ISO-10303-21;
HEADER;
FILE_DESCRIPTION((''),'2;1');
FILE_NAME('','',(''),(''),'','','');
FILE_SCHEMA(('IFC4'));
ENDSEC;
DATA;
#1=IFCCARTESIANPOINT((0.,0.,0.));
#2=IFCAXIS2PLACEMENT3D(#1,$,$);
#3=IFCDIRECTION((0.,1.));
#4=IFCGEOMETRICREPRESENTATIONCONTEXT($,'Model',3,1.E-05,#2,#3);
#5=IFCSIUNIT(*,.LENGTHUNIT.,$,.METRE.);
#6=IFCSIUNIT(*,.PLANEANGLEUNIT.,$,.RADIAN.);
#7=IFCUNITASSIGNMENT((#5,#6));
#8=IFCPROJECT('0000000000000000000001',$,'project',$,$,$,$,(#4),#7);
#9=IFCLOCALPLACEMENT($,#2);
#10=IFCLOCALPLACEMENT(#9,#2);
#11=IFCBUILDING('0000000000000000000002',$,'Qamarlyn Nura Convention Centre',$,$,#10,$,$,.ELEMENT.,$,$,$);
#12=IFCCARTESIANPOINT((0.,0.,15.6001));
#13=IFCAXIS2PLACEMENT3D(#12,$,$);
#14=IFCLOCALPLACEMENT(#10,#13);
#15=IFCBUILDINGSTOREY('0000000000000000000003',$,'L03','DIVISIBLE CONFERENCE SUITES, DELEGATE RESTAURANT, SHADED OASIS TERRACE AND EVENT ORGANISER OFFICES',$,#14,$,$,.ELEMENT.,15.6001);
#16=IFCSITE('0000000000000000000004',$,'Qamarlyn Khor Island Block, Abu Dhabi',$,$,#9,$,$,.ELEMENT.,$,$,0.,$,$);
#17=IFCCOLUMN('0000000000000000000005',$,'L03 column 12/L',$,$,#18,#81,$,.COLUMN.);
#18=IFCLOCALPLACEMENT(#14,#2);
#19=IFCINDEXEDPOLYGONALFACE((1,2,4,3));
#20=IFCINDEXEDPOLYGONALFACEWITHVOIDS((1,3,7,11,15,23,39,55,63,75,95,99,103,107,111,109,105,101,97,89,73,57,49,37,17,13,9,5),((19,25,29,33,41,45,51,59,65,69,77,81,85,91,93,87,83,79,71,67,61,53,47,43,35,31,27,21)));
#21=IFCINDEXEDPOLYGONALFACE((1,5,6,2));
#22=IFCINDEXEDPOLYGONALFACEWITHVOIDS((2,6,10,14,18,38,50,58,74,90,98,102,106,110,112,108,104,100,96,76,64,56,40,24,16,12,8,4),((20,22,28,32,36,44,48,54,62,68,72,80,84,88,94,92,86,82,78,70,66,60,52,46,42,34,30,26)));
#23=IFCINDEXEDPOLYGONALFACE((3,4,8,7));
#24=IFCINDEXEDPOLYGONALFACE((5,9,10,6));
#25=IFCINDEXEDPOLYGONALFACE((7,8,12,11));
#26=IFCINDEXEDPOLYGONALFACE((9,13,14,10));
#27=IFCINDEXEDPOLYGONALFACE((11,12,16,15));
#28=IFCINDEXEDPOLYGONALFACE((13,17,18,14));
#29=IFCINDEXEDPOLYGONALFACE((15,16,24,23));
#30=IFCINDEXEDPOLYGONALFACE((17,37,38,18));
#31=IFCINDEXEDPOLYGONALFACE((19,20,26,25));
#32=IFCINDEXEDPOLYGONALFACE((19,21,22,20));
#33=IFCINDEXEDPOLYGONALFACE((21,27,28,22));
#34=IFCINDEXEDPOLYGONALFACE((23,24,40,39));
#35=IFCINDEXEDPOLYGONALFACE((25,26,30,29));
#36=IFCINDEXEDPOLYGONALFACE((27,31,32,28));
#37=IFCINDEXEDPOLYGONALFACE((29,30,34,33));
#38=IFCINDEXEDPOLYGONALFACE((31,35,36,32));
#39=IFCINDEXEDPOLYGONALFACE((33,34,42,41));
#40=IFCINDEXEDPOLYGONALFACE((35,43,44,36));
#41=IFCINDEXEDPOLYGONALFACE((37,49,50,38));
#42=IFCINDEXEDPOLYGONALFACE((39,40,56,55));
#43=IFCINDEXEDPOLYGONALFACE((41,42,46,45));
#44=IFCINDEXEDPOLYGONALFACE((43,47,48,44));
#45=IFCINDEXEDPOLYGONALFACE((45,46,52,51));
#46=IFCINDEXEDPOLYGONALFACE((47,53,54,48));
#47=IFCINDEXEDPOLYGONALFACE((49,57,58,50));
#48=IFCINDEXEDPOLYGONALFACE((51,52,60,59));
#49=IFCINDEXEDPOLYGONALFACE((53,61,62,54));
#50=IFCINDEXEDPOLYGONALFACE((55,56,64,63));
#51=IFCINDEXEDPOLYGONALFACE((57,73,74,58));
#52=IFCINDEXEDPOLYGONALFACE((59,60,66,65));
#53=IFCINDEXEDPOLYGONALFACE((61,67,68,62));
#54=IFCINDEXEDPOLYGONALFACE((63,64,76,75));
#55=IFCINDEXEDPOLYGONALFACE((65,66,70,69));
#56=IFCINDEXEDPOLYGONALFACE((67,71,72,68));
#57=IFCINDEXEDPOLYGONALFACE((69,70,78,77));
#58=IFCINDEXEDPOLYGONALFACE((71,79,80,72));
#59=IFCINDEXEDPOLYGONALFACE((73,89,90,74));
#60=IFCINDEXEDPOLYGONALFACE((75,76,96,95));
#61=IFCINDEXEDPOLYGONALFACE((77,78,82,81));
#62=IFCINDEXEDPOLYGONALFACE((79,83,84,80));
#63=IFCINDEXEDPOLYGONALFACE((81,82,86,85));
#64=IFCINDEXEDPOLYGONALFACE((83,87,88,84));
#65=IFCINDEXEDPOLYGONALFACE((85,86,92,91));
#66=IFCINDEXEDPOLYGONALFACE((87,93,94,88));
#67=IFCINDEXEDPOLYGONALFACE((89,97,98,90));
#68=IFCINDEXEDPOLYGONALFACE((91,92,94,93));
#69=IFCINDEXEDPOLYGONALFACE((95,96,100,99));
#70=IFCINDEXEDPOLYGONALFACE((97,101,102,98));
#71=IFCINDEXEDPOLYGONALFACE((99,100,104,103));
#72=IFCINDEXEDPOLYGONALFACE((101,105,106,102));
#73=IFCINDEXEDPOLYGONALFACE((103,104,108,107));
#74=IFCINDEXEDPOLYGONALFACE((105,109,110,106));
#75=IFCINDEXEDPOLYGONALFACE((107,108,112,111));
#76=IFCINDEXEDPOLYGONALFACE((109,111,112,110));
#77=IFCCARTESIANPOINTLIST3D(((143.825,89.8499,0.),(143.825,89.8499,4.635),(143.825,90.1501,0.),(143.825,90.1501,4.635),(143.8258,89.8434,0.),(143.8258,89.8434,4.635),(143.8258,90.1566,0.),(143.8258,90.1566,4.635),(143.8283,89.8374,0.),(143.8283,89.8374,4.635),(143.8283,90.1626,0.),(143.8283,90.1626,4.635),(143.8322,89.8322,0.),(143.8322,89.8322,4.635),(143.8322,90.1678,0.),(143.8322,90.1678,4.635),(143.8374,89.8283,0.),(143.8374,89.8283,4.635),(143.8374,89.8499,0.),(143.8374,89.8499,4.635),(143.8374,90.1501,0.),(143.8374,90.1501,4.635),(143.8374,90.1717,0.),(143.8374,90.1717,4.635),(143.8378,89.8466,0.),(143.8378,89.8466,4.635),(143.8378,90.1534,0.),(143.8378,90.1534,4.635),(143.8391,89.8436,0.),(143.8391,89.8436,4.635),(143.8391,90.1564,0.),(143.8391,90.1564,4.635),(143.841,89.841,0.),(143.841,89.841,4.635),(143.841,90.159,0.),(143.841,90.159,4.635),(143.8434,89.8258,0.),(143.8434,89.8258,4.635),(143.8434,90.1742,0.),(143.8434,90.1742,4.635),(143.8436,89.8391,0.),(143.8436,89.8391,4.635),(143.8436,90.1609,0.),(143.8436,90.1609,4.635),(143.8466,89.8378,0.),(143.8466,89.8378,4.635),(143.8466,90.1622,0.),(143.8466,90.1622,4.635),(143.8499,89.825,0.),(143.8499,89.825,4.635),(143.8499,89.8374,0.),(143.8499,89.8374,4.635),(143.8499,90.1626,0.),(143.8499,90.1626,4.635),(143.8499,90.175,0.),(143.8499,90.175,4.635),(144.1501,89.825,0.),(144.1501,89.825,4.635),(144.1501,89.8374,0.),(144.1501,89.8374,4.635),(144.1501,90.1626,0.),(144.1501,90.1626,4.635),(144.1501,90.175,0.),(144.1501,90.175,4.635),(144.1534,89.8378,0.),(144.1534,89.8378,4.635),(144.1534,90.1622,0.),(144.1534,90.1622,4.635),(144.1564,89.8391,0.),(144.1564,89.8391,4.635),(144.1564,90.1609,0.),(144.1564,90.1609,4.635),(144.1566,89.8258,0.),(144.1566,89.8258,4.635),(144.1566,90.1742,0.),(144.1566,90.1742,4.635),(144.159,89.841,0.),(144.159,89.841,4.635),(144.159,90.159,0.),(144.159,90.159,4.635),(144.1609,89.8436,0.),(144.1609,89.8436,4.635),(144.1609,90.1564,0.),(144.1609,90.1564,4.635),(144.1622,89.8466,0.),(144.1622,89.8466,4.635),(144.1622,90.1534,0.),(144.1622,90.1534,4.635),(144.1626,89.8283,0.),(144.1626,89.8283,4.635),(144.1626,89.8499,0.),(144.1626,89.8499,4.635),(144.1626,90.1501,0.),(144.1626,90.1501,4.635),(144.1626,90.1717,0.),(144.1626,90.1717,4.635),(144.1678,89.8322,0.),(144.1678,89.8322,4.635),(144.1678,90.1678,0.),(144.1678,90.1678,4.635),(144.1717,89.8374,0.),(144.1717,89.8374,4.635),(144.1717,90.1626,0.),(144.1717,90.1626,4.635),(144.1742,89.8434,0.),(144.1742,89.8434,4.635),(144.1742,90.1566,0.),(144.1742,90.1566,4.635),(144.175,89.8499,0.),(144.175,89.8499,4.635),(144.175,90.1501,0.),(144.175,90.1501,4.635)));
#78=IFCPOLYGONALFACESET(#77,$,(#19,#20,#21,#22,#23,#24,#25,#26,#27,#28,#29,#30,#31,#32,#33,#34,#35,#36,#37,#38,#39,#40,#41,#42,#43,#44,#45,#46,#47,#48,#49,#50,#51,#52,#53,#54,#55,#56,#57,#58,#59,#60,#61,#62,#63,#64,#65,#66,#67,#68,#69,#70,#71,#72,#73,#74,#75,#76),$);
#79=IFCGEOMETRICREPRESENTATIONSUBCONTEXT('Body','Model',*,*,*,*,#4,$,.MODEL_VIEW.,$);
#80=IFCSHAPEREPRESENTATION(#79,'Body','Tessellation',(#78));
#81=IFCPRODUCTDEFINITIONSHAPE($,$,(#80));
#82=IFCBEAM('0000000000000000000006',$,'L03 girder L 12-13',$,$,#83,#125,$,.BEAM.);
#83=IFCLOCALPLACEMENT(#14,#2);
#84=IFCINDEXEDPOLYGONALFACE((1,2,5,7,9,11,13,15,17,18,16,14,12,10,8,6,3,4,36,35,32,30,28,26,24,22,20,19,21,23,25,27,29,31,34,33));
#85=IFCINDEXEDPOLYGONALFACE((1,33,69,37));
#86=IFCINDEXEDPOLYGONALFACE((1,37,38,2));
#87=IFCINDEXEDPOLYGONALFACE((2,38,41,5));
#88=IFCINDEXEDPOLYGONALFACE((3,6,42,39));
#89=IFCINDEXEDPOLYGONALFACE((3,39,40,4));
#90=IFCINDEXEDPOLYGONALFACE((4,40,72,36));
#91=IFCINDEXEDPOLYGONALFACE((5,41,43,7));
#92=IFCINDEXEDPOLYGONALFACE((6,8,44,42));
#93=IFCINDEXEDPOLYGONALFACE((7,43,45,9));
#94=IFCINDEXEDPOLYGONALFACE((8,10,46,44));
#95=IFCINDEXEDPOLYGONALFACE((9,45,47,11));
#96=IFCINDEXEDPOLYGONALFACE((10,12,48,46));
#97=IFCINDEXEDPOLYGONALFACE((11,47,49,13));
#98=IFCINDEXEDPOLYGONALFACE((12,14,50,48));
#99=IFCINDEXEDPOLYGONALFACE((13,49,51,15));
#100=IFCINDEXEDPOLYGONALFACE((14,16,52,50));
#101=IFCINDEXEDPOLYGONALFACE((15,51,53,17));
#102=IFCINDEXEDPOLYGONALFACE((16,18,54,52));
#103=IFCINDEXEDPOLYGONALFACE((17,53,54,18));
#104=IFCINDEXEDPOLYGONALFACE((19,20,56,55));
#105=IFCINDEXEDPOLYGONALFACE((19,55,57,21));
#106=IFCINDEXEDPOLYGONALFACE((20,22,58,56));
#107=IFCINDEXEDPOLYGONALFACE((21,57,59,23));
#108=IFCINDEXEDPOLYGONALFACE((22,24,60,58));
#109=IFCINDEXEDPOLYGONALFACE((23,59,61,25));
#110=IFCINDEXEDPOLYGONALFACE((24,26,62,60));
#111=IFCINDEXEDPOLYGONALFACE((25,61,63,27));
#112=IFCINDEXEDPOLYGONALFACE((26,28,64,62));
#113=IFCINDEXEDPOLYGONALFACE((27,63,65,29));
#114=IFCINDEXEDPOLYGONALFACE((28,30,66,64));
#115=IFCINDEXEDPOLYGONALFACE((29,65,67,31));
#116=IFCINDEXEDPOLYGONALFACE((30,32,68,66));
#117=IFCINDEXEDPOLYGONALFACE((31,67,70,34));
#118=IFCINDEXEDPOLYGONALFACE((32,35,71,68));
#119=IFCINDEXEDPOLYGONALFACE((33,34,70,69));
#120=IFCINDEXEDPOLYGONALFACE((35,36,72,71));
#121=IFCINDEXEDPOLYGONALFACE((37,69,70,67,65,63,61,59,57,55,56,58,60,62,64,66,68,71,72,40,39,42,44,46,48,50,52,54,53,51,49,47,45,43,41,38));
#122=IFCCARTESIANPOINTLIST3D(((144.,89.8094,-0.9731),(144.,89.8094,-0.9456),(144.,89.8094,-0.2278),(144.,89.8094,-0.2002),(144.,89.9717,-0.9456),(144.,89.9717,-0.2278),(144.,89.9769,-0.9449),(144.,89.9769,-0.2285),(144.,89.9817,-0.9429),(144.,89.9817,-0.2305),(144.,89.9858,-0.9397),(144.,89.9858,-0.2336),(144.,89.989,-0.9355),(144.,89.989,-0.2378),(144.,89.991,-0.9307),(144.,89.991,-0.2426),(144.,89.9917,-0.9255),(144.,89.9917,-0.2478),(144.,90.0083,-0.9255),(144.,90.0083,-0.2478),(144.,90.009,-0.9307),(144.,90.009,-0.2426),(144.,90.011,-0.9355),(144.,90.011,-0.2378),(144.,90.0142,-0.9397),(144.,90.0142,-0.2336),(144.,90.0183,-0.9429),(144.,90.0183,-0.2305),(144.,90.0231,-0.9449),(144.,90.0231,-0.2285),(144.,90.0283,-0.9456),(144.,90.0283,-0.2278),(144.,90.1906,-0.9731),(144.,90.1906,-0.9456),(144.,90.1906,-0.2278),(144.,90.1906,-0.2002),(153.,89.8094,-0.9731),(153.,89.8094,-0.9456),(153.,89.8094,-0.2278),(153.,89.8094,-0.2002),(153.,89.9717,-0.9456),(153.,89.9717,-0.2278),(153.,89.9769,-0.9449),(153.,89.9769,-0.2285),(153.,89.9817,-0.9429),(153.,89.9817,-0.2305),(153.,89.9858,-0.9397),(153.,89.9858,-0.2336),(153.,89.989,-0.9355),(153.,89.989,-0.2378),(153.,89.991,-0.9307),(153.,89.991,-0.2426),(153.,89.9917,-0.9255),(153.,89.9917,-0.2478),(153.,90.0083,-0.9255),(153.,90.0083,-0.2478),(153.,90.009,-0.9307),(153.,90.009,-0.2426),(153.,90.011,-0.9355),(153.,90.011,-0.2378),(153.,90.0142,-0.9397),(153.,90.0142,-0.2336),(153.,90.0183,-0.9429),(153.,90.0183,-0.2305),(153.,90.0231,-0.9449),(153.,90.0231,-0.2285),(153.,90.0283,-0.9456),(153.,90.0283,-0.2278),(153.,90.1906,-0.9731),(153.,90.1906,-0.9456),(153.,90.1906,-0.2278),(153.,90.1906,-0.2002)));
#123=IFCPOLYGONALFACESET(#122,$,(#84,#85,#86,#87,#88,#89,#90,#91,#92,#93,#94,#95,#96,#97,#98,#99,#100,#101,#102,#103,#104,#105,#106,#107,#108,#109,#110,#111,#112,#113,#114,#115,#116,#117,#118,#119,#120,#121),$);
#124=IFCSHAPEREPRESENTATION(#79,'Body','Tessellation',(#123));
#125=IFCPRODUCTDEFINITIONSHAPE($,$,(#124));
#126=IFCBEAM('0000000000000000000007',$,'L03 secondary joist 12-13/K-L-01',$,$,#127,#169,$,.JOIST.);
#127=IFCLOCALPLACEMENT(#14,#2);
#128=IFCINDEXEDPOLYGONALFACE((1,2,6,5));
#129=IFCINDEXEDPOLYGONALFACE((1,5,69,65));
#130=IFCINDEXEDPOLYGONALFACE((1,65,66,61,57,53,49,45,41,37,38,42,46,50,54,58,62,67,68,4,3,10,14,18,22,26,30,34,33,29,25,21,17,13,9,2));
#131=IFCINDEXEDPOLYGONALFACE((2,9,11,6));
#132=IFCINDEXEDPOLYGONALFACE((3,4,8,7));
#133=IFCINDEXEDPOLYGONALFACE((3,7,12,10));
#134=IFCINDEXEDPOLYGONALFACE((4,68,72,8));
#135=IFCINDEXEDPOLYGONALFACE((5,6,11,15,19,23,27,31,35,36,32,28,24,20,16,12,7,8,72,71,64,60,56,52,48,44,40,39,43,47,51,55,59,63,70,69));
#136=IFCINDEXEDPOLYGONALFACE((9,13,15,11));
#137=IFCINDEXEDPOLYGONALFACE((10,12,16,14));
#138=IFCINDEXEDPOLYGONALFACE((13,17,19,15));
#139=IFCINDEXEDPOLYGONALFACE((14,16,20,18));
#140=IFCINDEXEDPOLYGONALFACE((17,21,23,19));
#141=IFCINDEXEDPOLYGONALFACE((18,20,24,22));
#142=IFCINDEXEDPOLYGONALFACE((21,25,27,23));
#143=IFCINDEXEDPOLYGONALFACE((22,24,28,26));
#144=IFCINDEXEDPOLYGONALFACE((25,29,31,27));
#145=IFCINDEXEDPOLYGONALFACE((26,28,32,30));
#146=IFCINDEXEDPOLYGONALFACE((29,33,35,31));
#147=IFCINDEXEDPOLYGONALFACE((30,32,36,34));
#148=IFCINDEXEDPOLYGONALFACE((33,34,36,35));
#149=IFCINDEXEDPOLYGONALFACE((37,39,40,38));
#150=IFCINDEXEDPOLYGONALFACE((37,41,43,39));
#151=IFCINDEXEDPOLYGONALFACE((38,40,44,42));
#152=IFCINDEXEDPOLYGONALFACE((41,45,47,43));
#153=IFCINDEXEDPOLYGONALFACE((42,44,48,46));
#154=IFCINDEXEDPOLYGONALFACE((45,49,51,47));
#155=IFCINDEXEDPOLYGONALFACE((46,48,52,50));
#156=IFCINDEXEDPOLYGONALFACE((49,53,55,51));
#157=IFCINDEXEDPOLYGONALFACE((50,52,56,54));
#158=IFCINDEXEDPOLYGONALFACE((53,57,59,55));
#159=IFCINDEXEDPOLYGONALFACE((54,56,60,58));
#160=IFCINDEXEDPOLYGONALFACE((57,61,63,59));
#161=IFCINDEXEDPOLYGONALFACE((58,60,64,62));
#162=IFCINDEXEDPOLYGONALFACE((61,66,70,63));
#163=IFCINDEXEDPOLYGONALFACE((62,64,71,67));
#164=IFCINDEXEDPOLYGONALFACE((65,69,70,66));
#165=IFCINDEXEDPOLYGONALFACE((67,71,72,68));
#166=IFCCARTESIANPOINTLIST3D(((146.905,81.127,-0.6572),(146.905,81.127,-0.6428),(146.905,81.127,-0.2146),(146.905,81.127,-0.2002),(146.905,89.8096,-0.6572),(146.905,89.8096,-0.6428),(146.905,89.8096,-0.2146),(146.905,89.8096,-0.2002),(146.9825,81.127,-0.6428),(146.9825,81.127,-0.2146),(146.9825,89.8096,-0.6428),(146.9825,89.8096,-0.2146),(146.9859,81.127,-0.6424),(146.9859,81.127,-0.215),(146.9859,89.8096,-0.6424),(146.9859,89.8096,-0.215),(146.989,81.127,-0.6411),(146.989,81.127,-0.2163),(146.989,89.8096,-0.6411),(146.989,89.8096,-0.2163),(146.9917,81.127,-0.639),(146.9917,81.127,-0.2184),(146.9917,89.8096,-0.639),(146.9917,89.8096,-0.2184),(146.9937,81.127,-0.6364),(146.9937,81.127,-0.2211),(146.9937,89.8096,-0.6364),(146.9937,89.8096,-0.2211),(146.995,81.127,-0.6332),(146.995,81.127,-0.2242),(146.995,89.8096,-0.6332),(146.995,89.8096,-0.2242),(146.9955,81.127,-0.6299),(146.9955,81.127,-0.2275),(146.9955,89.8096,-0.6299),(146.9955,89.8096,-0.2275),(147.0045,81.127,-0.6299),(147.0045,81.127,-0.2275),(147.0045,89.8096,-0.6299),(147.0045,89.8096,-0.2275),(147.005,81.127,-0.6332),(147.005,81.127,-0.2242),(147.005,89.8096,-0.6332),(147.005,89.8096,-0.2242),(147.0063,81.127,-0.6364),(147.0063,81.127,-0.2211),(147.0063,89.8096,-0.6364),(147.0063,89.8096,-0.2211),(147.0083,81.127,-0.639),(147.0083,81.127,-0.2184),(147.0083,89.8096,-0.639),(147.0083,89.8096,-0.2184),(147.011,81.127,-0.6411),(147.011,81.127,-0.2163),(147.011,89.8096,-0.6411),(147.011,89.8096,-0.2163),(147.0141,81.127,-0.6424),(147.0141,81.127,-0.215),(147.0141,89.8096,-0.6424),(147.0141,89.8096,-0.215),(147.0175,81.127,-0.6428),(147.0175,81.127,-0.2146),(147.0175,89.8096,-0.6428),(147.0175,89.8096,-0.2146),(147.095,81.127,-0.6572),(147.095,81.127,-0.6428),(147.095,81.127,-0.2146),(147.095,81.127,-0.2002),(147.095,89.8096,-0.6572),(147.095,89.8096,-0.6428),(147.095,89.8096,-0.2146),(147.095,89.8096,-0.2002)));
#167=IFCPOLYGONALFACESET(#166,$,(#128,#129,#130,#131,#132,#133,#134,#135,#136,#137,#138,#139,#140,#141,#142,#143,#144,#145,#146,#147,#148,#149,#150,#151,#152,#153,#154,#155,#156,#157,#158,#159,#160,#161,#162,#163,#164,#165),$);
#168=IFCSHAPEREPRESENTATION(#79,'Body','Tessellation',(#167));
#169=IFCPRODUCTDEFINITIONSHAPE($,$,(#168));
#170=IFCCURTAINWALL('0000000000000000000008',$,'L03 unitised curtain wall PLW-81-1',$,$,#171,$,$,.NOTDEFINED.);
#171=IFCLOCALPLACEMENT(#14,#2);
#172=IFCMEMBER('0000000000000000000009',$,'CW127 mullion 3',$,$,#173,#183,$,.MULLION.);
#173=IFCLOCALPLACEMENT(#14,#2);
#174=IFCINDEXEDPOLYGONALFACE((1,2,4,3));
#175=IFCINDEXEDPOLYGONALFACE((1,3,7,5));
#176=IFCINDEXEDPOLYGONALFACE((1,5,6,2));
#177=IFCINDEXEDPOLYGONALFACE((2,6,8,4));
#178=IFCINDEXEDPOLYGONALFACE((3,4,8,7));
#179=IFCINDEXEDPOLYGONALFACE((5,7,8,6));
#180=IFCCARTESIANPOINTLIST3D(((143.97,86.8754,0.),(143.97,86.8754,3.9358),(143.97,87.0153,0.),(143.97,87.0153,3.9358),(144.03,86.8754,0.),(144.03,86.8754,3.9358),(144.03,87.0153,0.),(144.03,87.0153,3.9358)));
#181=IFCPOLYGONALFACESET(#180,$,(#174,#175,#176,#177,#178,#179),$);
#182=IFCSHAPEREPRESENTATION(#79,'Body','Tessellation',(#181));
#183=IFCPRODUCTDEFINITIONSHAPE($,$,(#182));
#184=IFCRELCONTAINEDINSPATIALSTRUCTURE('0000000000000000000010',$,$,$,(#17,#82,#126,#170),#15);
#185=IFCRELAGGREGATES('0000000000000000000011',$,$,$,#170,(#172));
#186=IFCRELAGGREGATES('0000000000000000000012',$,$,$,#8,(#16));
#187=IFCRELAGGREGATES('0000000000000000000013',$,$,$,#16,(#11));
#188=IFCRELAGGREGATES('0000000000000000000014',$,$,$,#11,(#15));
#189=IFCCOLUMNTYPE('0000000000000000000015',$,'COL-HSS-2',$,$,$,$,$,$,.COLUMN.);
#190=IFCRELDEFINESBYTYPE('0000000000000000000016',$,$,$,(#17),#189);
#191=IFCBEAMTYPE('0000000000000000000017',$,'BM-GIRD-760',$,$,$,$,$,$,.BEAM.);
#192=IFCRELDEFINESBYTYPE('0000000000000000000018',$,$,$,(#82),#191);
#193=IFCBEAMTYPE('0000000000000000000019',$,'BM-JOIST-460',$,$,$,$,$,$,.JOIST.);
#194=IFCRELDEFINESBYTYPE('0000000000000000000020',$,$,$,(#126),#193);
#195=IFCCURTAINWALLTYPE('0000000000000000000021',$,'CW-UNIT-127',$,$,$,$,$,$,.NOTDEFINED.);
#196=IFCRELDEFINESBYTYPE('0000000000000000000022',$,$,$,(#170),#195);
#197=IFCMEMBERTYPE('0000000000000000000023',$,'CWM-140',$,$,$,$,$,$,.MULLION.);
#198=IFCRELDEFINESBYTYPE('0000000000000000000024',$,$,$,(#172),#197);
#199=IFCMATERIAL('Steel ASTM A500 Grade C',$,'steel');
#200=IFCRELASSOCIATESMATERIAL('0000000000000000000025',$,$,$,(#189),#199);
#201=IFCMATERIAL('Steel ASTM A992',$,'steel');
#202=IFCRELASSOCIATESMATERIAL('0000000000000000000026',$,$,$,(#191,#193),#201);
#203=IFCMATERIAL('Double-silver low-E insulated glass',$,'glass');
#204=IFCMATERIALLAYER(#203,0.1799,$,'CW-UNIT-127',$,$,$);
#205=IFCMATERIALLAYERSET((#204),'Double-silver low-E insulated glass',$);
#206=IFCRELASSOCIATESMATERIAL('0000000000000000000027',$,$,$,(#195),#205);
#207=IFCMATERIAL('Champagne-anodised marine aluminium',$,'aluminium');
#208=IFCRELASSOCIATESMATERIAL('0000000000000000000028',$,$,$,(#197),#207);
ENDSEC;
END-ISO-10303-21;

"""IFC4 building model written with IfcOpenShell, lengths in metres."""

from ifc_helpers import new_model, si_unit, direction, frame, origin, origin_2d, place, context, subcontext, project, spatial, rectangle, hollow_rectangle, i_section, extrude, material, layer, layer_set, material_profile, profile_set, type_object, element, aggregate, save


model = new_model("IFC4")

# Units and contexts
model_context = context("Model", 3, precision=1e-05, world=origin(), true_north=direction((0.0, 1.0)))
body_context = subcontext(model_context, "Body", "Model", "MODEL_VIEW")
ifc_project = project(units=[si_unit("LENGTHUNIT", "METRE"), si_unit("PLANEANGLEUNIT", "RADIAN")], contexts=[model_context])

# Site, building, storey
site_placement = place(None, origin())
site = spatial("IfcSite", under=ifc_project, at=site_placement, Name="Qamarlyn Khor Island Block, Abu Dhabi", CompositionType="ELEMENT", RefElevation=0.0)
building_placement = place(site_placement, origin())
building = spatial("IfcBuilding", under=site, at=building_placement, Name="Qamarlyn Nura Convention Centre", CompositionType="ELEMENT")
storey_placement = place(building_placement, frame((0.0, 0.0, 15.6001)))
storey = spatial("IfcBuildingStorey", under=building, at=storey_placement, Name="L03", Description="DIVISIBLE CONFERENCE SUITES, DELEGATE RESTAURANT, SHADED OASIS TERRACE AND EVENT ORGANISER OFFICES", CompositionType="ELEMENT", Elevation=15.6001)

# Column
ifc_material_1 = material(Name="Steel ASTM A500 Grade C", Category="steel")
ifc_material_profile_1 = material_profile(ifc_material_1, hollow_rectangle(XDim=0.3501, YDim=0.3501, WallThickness=0.0125, InnerFilletRadius=0.0125, OuterFilletRadius=0.0249, at=origin_2d()), Name="HSS350X350X12.5")
ifc_profile_set_1 = profile_set([ifc_material_profile_1], Name="Steel ASTM A500 Grade C")
column_type = type_object("IfcColumnType", Name="COL-HSS-2", PredefinedType="COLUMN", material=ifc_profile_set_1)
column_placement = place(storey_placement, frame((144.0, 90.0, 0.0), z_axis=(0.0, 0.0, 1.0), x_axis=(1.0, 0.0, 0.0)))
element("IfcColumn", 1, at=column_placement, inside=storey, type_object=column_type, Name="L03 column 12/L", PredefinedType="COLUMN", context=body_context, shape_type="SweptSolid", body=[
    extrude(hollow_rectangle(XDim=0.3501, YDim=0.3501, WallThickness=0.0125, InnerFilletRadius=0.0125, OuterFilletRadius=0.0249, at=origin_2d()), origin(), (0.0, 0.0, 1.0), 4.635),
])

# Beams
ifc_material_2 = material(Name="Steel ASTM A992", Category="steel")
ifc_material_profile_2 = material_profile(ifc_material_2, i_section(OverallWidth=0.3811, OverallDepth=0.7729, WebThickness=0.0166, FlangeThickness=0.0276, FilletRadius=0.02, at=origin_2d()), Name="W760X257")
ifc_profile_set_2 = profile_set([ifc_material_profile_2], Name="Steel ASTM A992")
beam_type_1 = type_object("IfcBeamType", Name="BM-GIRD-760", PredefinedType="BEAM", material=ifc_profile_set_2)
beam_1_placement = place(storey_placement, frame((144.0, 90.0, -0.5867), z_axis=(1.0, 0.0, 0.0), x_axis=(0.0, 1.0, 0.0)))
element("IfcBeam", 2, at=beam_1_placement, inside=storey, type_object=beam_type_1, Name="L03 girder L 12-13", PredefinedType="BEAM", context=body_context, shape_type="SweptSolid", body=[
    extrude(i_section(OverallWidth=0.3811, OverallDepth=0.7729, WebThickness=0.0166, FlangeThickness=0.0276, FilletRadius=0.02, at=origin_2d()), origin(), (0.0, 0.0, 1.0), 9.0),
])
ifc_material_profile_3 = material_profile(ifc_material_2, i_section(OverallWidth=0.1899, OverallDepth=0.457, WebThickness=0.009, FlangeThickness=0.0144, FilletRadius=0.0129, at=origin_2d()), Name="W460X74")
ifc_profile_set_3 = profile_set([ifc_material_profile_3], Name="Steel ASTM A992")
beam_type_2 = type_object("IfcBeamType", Name="BM-JOIST-460", PredefinedType="JOIST", material=ifc_profile_set_3)
beam_2_placement = place(storey_placement, frame((147.0, 81.127, -0.4287), z_axis=(0.0, 1.0, 0.0), x_axis=(-1.0, 0.0, 0.0)))
element("IfcBeam", 3, at=beam_2_placement, inside=storey, type_object=beam_type_2, Name="L03 secondary joist 12-13/K-L-01", PredefinedType="JOIST", context=body_context, shape_type="SweptSolid", body=[
    extrude(i_section(OverallWidth=0.1899, OverallDepth=0.457, WebThickness=0.009, FlangeThickness=0.0144, FilletRadius=0.0129, at=origin_2d()), origin(), (0.0, 0.0, 1.0), 8.6826),
])

# Curtain wall, member
ifc_material_3 = material(Name="Double-silver low-E insulated glass", Category="glass")
ifc_layer_1 = layer(ifc_material_3, 0.1799, Name="CW-UNIT-127")
ifc_layer_set_1 = layer_set([ifc_layer_1], Name="Double-silver low-E insulated glass")
curtain_wall_type = type_object("IfcCurtainWallType", Name="CW-UNIT-127", PredefinedType="NOTDEFINED", material=ifc_layer_set_1)
curtain_wall_placement = place(storey_placement, origin())
curtain_wall = element("IfcCurtainWall", 4, at=curtain_wall_placement, inside=storey, type_object=curtain_wall_type, Name="L03 unitised curtain wall PLW-81-1", PredefinedType="NOTDEFINED")
ifc_material_4 = material(Name="Champagne-anodised marine aluminium", Category="aluminium")
ifc_material_profile_4 = material_profile(ifc_material_4, rectangle(XDim=0.0601, YDim=0.1399, at=origin_2d()), Name="ALU MULLION 60x140")
ifc_profile_set_4 = profile_set([ifc_material_profile_4], Name="Champagne-anodised marine aluminium")
member_type_1 = type_object("IfcMemberType", Name="CWM-140", PredefinedType="MULLION", material=ifc_profile_set_4)
member_1_placement = place(storey_placement, frame((144.0, 86.9453, 0.0), z_axis=(0.0, 0.0, 1.0), x_axis=(-1.0, 0.0, 0.0)))
member_1 = element("IfcMember", 5, at=member_1_placement, type_object=member_type_1, Name="CW127 mullion 3", PredefinedType="MULLION", context=body_context, shape_type="SweptSolid", body=[
    extrude(rectangle(XDim=0.0601, YDim=0.1399, at=origin_2d()), origin(), (0.0, 0.0, 1.0), 3.9358),
])
aggregate(curtain_wall, [member_1])

save(model, "model.ifc")
